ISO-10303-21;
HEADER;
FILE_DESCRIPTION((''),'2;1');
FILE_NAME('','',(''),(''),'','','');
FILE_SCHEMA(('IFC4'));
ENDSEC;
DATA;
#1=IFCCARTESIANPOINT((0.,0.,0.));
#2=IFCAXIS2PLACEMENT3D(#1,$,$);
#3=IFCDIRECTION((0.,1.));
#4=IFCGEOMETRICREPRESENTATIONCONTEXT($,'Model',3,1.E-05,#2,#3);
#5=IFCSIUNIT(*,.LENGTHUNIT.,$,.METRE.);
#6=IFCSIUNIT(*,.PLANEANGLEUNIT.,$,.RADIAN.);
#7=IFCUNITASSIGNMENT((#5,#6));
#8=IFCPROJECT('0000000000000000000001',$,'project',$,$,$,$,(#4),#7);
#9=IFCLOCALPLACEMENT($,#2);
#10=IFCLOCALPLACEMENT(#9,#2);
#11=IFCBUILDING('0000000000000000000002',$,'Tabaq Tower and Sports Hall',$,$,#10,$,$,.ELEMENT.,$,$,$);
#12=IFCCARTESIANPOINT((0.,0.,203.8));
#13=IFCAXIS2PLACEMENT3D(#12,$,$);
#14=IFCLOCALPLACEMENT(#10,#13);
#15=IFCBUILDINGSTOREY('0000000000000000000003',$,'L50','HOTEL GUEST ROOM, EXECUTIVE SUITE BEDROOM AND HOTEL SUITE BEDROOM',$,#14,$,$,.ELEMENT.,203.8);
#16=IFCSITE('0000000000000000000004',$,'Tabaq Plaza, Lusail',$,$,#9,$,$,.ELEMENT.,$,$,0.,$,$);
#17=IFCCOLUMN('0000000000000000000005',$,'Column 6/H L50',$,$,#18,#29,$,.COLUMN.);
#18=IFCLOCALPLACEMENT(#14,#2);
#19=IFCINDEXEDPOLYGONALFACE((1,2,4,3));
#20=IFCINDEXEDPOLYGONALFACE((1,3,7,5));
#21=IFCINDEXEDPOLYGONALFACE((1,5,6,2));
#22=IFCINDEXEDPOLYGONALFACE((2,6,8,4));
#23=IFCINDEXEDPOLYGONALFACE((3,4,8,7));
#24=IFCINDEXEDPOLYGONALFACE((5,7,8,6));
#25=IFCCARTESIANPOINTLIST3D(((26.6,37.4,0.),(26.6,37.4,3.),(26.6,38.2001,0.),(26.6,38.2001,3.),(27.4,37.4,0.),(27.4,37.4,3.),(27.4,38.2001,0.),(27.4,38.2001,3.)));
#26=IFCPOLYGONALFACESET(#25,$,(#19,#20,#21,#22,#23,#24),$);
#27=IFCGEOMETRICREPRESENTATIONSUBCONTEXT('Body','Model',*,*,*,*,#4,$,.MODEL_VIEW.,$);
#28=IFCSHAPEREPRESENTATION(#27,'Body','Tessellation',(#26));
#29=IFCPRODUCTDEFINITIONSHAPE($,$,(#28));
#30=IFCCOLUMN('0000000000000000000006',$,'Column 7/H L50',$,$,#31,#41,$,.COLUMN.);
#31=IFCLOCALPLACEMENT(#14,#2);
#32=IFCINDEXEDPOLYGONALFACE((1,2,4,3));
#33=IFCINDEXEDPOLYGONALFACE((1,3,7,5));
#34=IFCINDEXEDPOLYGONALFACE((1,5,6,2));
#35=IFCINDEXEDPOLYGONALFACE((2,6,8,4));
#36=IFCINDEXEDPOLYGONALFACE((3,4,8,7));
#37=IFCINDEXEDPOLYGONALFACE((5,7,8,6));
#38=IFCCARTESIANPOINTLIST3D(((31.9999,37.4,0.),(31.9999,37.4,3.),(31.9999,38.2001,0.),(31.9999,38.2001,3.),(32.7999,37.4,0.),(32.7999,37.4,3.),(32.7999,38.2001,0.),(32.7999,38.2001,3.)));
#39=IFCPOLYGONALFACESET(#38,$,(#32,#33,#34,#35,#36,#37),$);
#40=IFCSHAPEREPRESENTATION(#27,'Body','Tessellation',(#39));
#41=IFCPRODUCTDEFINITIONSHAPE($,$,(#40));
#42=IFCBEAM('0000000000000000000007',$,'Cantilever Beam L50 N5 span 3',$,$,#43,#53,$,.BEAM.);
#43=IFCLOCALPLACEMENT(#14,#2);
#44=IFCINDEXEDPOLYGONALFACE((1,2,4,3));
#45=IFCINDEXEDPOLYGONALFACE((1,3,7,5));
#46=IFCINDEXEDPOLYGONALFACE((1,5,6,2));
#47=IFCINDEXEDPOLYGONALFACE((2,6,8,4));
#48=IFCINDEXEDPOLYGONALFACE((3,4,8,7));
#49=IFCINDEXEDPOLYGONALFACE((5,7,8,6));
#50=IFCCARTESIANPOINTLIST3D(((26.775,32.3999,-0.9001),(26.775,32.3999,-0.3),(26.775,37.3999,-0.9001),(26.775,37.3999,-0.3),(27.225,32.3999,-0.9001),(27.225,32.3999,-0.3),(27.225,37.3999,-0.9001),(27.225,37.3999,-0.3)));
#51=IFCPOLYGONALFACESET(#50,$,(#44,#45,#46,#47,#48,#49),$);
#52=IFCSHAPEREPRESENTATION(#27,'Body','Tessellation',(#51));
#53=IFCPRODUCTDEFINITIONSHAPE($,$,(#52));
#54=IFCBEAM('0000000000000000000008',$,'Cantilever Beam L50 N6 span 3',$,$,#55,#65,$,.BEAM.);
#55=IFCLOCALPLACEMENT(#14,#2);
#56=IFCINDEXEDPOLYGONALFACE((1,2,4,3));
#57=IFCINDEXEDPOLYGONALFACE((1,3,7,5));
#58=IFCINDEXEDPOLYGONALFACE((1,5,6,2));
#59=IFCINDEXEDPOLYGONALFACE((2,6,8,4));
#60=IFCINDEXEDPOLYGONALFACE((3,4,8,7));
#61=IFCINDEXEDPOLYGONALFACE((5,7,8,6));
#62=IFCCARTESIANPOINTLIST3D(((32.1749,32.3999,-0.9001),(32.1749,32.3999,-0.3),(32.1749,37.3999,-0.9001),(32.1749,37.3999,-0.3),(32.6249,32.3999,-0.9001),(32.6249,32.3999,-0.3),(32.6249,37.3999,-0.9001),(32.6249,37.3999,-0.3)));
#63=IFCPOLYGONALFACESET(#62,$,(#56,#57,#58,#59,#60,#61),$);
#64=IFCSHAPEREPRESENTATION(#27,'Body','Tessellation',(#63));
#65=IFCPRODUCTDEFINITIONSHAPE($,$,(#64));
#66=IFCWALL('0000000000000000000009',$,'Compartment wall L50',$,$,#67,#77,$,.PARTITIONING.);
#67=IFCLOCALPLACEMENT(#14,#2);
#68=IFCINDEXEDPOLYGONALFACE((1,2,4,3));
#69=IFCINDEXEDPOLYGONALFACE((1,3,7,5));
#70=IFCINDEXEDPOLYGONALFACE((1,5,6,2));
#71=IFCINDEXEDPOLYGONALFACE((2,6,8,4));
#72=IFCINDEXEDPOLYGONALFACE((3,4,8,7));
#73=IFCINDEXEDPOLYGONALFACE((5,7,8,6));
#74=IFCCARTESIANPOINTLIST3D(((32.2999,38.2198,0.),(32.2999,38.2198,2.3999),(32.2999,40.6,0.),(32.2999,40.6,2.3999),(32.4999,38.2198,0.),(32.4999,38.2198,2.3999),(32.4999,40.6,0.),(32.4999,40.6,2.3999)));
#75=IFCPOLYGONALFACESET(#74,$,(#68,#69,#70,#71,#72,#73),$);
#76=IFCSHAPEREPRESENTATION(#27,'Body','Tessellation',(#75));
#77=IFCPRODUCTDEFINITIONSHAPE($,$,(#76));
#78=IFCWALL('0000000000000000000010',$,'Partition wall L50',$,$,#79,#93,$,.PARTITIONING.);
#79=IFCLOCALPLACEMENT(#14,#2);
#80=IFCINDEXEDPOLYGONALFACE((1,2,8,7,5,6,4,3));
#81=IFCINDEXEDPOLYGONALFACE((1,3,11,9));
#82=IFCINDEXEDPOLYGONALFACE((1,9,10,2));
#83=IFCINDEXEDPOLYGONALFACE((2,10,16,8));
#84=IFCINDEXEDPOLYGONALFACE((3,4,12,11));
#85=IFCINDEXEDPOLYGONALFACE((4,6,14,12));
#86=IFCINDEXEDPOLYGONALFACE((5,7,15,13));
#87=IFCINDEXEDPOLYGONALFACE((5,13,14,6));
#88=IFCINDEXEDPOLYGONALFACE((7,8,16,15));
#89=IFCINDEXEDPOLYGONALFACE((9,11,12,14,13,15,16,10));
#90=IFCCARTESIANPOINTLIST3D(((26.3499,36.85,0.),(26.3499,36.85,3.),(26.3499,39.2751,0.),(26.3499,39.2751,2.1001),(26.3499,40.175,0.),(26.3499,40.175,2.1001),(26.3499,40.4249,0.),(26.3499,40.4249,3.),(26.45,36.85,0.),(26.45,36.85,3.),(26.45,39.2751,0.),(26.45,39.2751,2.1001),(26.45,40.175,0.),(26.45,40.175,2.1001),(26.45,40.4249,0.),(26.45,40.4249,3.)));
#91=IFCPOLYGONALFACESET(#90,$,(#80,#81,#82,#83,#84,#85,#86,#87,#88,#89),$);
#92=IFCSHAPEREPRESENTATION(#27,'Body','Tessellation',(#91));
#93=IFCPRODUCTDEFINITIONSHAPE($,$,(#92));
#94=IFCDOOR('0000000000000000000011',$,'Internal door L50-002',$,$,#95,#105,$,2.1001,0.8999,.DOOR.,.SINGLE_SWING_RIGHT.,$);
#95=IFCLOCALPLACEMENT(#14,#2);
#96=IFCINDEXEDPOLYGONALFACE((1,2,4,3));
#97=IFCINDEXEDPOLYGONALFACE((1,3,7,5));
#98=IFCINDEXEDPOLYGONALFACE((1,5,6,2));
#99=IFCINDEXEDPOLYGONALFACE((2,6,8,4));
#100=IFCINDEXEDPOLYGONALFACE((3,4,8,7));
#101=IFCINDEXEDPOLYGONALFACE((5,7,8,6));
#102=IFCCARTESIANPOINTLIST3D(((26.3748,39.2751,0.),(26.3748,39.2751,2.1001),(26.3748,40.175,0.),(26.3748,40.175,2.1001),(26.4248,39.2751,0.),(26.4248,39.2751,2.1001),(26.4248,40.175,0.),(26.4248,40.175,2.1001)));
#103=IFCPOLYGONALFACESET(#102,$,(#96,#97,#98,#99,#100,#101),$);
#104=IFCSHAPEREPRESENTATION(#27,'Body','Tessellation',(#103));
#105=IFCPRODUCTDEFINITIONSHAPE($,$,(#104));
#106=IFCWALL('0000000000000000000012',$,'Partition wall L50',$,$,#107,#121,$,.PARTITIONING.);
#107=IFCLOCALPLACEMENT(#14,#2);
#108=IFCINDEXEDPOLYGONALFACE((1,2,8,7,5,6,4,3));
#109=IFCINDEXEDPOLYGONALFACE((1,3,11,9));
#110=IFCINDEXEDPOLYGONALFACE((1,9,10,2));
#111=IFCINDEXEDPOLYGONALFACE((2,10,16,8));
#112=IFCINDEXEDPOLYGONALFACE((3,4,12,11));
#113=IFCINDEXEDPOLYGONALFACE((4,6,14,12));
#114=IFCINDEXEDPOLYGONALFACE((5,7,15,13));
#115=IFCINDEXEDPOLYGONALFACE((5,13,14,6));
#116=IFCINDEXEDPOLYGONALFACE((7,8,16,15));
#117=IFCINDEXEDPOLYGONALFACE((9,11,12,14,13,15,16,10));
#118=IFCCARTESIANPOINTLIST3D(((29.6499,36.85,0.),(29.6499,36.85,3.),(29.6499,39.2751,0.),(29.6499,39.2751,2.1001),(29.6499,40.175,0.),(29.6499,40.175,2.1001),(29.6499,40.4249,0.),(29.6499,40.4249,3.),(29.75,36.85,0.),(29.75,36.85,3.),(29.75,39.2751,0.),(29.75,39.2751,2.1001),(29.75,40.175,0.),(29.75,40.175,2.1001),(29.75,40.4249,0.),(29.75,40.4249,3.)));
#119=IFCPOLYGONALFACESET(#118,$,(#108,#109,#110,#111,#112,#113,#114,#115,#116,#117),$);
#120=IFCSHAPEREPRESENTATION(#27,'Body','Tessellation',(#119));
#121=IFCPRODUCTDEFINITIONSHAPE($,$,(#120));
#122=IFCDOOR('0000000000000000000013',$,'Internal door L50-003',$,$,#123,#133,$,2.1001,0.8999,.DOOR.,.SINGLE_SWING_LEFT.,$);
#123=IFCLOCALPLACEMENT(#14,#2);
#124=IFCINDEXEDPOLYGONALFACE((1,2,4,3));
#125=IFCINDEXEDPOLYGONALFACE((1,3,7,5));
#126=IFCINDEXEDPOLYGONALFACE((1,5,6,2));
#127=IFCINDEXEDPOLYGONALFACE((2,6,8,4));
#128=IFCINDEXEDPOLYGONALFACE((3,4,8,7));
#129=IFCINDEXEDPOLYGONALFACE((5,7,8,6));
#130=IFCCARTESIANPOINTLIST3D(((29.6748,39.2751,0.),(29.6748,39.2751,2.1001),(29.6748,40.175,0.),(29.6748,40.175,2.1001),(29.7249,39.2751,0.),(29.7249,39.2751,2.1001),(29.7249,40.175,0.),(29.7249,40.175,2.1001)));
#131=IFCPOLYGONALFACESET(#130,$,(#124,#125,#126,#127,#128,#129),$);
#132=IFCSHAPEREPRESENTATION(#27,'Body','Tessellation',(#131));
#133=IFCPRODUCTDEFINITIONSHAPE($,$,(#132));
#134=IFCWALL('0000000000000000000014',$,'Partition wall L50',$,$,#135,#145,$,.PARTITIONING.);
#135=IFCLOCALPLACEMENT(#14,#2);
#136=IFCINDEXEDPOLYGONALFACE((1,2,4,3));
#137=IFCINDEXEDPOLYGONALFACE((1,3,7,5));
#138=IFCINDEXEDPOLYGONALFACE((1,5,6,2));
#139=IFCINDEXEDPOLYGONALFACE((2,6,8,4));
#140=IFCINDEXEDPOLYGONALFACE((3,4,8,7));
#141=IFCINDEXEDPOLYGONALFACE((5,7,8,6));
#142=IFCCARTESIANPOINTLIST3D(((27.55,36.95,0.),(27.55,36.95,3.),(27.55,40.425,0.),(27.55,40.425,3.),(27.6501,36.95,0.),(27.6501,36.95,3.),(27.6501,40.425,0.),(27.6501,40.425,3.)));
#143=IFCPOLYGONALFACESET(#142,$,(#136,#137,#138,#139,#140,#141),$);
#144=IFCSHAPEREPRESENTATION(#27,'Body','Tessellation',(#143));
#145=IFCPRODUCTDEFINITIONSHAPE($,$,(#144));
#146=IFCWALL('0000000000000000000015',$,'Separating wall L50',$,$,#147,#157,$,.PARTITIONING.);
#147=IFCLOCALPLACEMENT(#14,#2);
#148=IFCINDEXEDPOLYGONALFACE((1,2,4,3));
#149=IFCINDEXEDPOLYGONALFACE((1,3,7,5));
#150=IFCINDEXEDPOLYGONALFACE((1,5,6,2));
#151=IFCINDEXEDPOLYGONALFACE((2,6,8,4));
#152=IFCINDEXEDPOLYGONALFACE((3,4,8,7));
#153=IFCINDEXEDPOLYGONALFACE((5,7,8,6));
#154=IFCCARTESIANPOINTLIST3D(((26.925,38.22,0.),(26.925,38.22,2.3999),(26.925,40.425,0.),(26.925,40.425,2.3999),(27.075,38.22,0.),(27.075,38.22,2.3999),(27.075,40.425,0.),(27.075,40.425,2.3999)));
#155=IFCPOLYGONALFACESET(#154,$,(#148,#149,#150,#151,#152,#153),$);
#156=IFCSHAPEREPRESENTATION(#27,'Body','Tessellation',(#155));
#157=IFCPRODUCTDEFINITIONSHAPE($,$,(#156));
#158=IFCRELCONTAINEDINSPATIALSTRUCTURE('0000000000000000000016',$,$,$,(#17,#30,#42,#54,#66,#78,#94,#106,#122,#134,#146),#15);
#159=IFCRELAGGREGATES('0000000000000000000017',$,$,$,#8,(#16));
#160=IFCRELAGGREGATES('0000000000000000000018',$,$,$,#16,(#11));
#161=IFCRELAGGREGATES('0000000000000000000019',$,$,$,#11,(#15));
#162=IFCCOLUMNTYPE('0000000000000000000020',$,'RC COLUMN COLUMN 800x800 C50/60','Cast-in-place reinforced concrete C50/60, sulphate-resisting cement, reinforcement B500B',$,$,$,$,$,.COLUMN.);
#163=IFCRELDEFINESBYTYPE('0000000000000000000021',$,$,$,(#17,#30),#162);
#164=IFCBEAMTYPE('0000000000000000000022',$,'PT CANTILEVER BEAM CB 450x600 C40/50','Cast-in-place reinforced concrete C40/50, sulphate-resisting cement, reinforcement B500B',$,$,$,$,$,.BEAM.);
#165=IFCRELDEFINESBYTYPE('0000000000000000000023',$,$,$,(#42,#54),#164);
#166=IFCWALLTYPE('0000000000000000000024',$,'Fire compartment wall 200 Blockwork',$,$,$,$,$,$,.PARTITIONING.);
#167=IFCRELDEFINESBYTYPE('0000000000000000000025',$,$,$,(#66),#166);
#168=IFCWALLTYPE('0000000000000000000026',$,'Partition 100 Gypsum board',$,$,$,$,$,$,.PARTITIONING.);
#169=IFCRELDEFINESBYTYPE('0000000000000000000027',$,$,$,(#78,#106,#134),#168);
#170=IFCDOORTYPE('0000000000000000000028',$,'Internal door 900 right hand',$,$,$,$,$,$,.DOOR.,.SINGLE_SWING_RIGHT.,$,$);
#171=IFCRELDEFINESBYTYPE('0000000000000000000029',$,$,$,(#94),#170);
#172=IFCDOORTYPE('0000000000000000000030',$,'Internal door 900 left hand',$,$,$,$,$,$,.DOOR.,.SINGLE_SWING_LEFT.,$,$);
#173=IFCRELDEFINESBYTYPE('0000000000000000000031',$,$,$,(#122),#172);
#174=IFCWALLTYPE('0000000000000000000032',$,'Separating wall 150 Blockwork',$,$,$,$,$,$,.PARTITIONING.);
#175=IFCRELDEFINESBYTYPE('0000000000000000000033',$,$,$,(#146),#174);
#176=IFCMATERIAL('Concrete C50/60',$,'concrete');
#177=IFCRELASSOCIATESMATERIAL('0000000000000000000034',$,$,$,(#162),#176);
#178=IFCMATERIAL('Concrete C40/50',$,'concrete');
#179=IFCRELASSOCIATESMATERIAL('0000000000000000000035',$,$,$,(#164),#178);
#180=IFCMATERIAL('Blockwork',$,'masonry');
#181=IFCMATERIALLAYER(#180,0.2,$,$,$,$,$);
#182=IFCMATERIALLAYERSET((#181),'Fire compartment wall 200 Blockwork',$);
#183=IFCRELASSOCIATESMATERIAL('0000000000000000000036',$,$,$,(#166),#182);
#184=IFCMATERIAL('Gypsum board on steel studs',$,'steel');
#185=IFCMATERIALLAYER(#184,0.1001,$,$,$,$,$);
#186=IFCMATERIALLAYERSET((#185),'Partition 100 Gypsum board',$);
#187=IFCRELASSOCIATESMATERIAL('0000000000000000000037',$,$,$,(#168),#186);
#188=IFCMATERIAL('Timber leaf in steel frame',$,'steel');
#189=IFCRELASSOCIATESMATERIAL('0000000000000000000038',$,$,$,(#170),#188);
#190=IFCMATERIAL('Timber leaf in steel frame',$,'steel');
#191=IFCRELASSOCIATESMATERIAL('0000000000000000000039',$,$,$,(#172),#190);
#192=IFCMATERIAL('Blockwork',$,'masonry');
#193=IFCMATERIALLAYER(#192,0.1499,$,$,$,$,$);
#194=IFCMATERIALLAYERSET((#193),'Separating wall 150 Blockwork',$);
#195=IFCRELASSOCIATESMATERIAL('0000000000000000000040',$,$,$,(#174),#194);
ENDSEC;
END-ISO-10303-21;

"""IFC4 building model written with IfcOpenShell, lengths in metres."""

from ifc_helpers import new_model, si_unit, direction, frame, frame_2d, origin, origin_2d, place, context, subcontext, project, spatial, rectangle, extrude, material, layer, layer_set, material_profile, profile_set, type_object, element, fill, save


model = new_model("IFC4")

# Units and contexts
model_context = context("Model", 3, precision=1e-05, world=origin(), true_north=direction((0.0, 1.0)))
body_context = subcontext(model_context, "Body", "Model", "MODEL_VIEW")
ifc_project = project(units=[si_unit("LENGTHUNIT", "METRE"), si_unit("PLANEANGLEUNIT", "RADIAN")], contexts=[model_context])

# Site, building, storey
site_placement = place(None, origin())
site = spatial("IfcSite", under=ifc_project, at=site_placement, Name="Tabaq Plaza, Lusail", CompositionType="ELEMENT", RefElevation=0.0)
building_placement = place(site_placement, origin())
building = spatial("IfcBuilding", under=site, at=building_placement, Name="Tabaq Tower and Sports Hall", CompositionType="ELEMENT")
storey_placement = place(building_placement, frame((0.0, 0.0, 203.8)))
storey = spatial("IfcBuildingStorey", under=building, at=storey_placement, Name="L50", Description="HOTEL GUEST ROOM, EXECUTIVE SUITE BEDROOM AND HOTEL SUITE BEDROOM", CompositionType="ELEMENT", Elevation=203.8)

# Columns
ifc_material_1 = material(Name="Concrete C50/60", Category="concrete")
ifc_material_profile_1 = material_profile(ifc_material_1, rectangle(XDim=0.8, YDim=0.8, at=origin_2d()), Name="COLUMN 800x800")
ifc_profile_set_1 = profile_set([ifc_material_profile_1], Name="Concrete C50/60")
column_type = type_object("IfcColumnType", Name="RC COLUMN COLUMN 800x800 C50/60", Description="Cast-in-place reinforced concrete C50/60, sulphate-resisting cement, reinforcement B500B", PredefinedType="COLUMN", material=ifc_profile_set_1)
for number, where, z_axis, x_axis, name in (
    (1, (27.0, 37.8, 0.0), (0.0, 0.0, 1.0), (1.0, 0.0, 0.0), "Column 6/H L50"),
    (2, (32.3999, 37.8, 0.0), (0.0, 0.0, 1.0), (1.0, 0.0, 0.0), "Column 7/H L50"),
):
    element("IfcColumn", number, at=place(storey_placement, frame(where, z_axis=z_axis, x_axis=x_axis)), inside=storey, type_object=column_type, Name=name, PredefinedType="COLUMN", context=body_context, shape_type="SweptSolid", body=[
        extrude(rectangle(XDim=0.8, YDim=0.8, at=origin_2d()), origin(), (0.0, 0.0, 1.0), 3.0),
    ])

# Beams
ifc_material_2 = material(Name="Concrete C40/50", Category="concrete")
ifc_material_profile_2 = material_profile(ifc_material_2, rectangle(XDim=0.45, YDim=0.6001, at=origin_2d()), Name="CB 450x600")
ifc_profile_set_2 = profile_set([ifc_material_profile_2], Name="Concrete C40/50")
beam_type = type_object("IfcBeamType", Name="PT CANTILEVER BEAM CB 450x600 C40/50", Description="Cast-in-place reinforced concrete C40/50, sulphate-resisting cement, reinforcement B500B", PredefinedType="BEAM", material=ifc_profile_set_2)
for number, where, z_axis, x_axis, name in (
    (3, (27.0, 37.3999, -0.6001), (0.0, -1.0, 0.0), (1.0, 0.0, 0.0), "Cantilever Beam L50 N5 span 3"),
    (4, (32.3999, 37.3999, -0.6001), (0.0, -1.0, 0.0), (1.0, 0.0, 0.0), "Cantilever Beam L50 N6 span 3"),
):
    element("IfcBeam", number, at=place(storey_placement, frame(where, z_axis=z_axis, x_axis=x_axis)), inside=storey, type_object=beam_type, Name=name, PredefinedType="BEAM", context=body_context, shape_type="SweptSolid", body=[
        extrude(rectangle(XDim=0.45, YDim=0.6001, at=origin_2d()), origin(), (0.0, 0.0, 1.0), 5.0),
    ])

# Wall
ifc_material_3 = material(Name="Blockwork", Category="masonry")
ifc_layer_1 = layer(ifc_material_3, 0.2)
ifc_layer_set_1 = layer_set([ifc_layer_1], Name="Fire compartment wall 200 Blockwork")
wall_type_1 = type_object("IfcWallType", Name="Fire compartment wall 200 Blockwork", PredefinedType="PARTITIONING", material=ifc_layer_set_1)
wall_1_placement = place(storey_placement, frame((32.3999, 38.22, 0.0), z_axis=(0.0, 0.0, 1.0), x_axis=(0.0, 1.0, 0.0)))
element("IfcWall", 5, at=wall_1_placement, inside=storey, type_object=wall_type_1, Name="Compartment wall L50", PredefinedType="PARTITIONING", context=body_context, shape_type="SweptSolid", body=[
    extrude(rectangle(XDim=2.3801, YDim=0.2, at=frame_2d((1.1899, 0.0))), origin(), (0.0, 0.0, 1.0), 2.3999),
])

# Walls, openings, doors
ifc_material_4 = material(Name="Gypsum board on steel studs", Category="steel")
ifc_layer_2 = layer(ifc_material_4, 0.1001)
ifc_layer_set_2 = layer_set([ifc_layer_2], Name="Partition 100 Gypsum board")
wall_type_2 = type_object("IfcWallType", Name="Partition 100 Gypsum board", PredefinedType="PARTITIONING", material=ifc_layer_set_2)
wall_2_placement = place(storey_placement, frame((26.3999, 40.425, 0.0), z_axis=(0.0, 0.0, 1.0), x_axis=(0.0, -1.0, 0.0)))
wall_2 = element("IfcWall", 6, at=wall_2_placement, inside=storey, type_object=wall_type_2, Name="Partition wall L50", PredefinedType="PARTITIONING", context=body_context, shape_type="SweptSolid", body=[
    extrude(rectangle(XDim=3.575, YDim=0.1001, at=frame_2d((1.7876, 0.0))), origin(), (0.0, 0.0, 1.0), 3.0),
])
opening_1_placement = place(wall_2_placement, frame((0.25, 0.0, 0.0)))
opening_1 = element("IfcOpeningElement", 7, at=opening_1_placement, cuts=wall_2, PredefinedType="OPENING", context=body_context, shape_type="SweptSolid", body=[
    extrude(rectangle(XDim=0.8999, YDim=2.1001, at=frame_2d((0.45, 1.05))), frame((0.0, 0.05, 0.0), z_axis=(0.0, -1.0, 0.0), x_axis=(1.0, 0.0, 0.0)), (0.0, 0.0, 1.0), 0.1001),
])
ifc_material_5 = material(Name="Timber leaf in steel frame", Category="steel")
door_type_1 = type_object("IfcDoorType", Name="Internal door 900 right hand", OperationType="SINGLE_SWING_RIGHT", PredefinedType="DOOR", material=ifc_material_5)
door_1_placement = place(opening_1_placement, origin())
door_1 = element("IfcDoor", 8, at=door_1_placement, inside=storey, type_object=door_type_1, Name="Internal door L50-002", OperationType="SINGLE_SWING_RIGHT", OverallHeight=2.1001, OverallWidth=0.8999, PredefinedType="DOOR", context=body_context, shape_type="SweptSolid", body=[
    extrude(rectangle(XDim=0.8999, YDim=2.1001, at=frame_2d((0.45, 1.05))), frame((0.0, 0.0249, 0.0), z_axis=(0.0, -1.0, 0.0), x_axis=(1.0, 0.0, 0.0)), (0.0, 0.0, 1.0), 0.05),
])
fill(opening_1, door_1)
wall_3_placement = place(storey_placement, frame((29.7, 40.425, 0.0), z_axis=(0.0, 0.0, 1.0), x_axis=(0.0, -1.0, 0.0)))
wall_3 = element("IfcWall", 9, at=wall_3_placement, inside=storey, type_object=wall_type_2, Name="Partition wall L50", PredefinedType="PARTITIONING", context=body_context, shape_type="SweptSolid", body=[
    extrude(rectangle(XDim=3.575, YDim=0.1001, at=frame_2d((1.7876, 0.0))), origin(), (0.0, 0.0, 1.0), 3.0),
])
opening_2_placement = place(wall_3_placement, frame((0.25, 0.0, 0.0)))
opening_2 = element("IfcOpeningElement", 10, at=opening_2_placement, cuts=wall_3, PredefinedType="OPENING", context=body_context, shape_type="SweptSolid", body=[
    extrude(rectangle(XDim=0.8999, YDim=2.1001, at=frame_2d((0.45, 1.05))), frame((0.0, 0.05, 0.0), z_axis=(0.0, -1.0, 0.0), x_axis=(1.0, 0.0, 0.0)), (0.0, 0.0, 1.0), 0.1001),
])
ifc_material_6 = material(Name="Timber leaf in steel frame", Category="steel")
door_type_2 = type_object("IfcDoorType", Name="Internal door 900 left hand", OperationType="SINGLE_SWING_LEFT", PredefinedType="DOOR", material=ifc_material_6)
door_2_placement = place(opening_2_placement, origin())
door_2 = element("IfcDoor", 11, at=door_2_placement, inside=storey, type_object=door_type_2, Name="Internal door L50-003", OperationType="SINGLE_SWING_LEFT", OverallHeight=2.1001, OverallWidth=0.8999, PredefinedType="DOOR", context=body_context, shape_type="SweptSolid", body=[
    extrude(rectangle(XDim=0.8999, YDim=2.1001, at=frame_2d((0.45, 1.05))), frame((0.0, 0.0249, 0.0), z_axis=(0.0, -1.0, 0.0), x_axis=(1.0, 0.0, 0.0)), (0.0, 0.0, 1.0), 0.05),
])
fill(opening_2, door_2)

# Walls
wall_4_placement = place(storey_placement, frame((27.6001, 36.95, 0.0), z_axis=(0.0, 0.0, 1.0), x_axis=(0.0, 1.0, 0.0)))
element("IfcWall", 12, at=wall_4_placement, inside=storey, type_object=wall_type_2, Name="Partition wall L50", PredefinedType="PARTITIONING", context=body_context, shape_type="SweptSolid", body=[
    extrude(rectangle(XDim=3.4751, YDim=0.1001, at=frame_2d((1.7375, 0.0))), origin(), (0.0, 0.0, 1.0), 3.0),
])
ifc_material_7 = material(Name="Blockwork", Category="masonry")
ifc_layer_3 = layer(ifc_material_7, 0.1499)
ifc_layer_set_3 = layer_set([ifc_layer_3], Name="Separating wall 150 Blockwork")
wall_type_3 = type_object("IfcWallType", Name="Separating wall 150 Blockwork", PredefinedType="PARTITIONING", material=ifc_layer_set_3)
wall_5_placement = place(storey_placement, frame((27.0, 38.22, 0.0), z_axis=(0.0, 0.0, 1.0), x_axis=(0.0, 1.0, 0.0)))
element("IfcWall", 13, at=wall_5_placement, inside=storey, type_object=wall_type_3, Name="Separating wall L50", PredefinedType="PARTITIONING", context=body_context, shape_type="SweptSolid", body=[
    extrude(rectangle(XDim=2.2051, YDim=0.1499, at=frame_2d((1.1025, 0.0))), origin(), (0.0, 0.0, 1.0), 2.3999),
])

save(model, "model.ifc")
